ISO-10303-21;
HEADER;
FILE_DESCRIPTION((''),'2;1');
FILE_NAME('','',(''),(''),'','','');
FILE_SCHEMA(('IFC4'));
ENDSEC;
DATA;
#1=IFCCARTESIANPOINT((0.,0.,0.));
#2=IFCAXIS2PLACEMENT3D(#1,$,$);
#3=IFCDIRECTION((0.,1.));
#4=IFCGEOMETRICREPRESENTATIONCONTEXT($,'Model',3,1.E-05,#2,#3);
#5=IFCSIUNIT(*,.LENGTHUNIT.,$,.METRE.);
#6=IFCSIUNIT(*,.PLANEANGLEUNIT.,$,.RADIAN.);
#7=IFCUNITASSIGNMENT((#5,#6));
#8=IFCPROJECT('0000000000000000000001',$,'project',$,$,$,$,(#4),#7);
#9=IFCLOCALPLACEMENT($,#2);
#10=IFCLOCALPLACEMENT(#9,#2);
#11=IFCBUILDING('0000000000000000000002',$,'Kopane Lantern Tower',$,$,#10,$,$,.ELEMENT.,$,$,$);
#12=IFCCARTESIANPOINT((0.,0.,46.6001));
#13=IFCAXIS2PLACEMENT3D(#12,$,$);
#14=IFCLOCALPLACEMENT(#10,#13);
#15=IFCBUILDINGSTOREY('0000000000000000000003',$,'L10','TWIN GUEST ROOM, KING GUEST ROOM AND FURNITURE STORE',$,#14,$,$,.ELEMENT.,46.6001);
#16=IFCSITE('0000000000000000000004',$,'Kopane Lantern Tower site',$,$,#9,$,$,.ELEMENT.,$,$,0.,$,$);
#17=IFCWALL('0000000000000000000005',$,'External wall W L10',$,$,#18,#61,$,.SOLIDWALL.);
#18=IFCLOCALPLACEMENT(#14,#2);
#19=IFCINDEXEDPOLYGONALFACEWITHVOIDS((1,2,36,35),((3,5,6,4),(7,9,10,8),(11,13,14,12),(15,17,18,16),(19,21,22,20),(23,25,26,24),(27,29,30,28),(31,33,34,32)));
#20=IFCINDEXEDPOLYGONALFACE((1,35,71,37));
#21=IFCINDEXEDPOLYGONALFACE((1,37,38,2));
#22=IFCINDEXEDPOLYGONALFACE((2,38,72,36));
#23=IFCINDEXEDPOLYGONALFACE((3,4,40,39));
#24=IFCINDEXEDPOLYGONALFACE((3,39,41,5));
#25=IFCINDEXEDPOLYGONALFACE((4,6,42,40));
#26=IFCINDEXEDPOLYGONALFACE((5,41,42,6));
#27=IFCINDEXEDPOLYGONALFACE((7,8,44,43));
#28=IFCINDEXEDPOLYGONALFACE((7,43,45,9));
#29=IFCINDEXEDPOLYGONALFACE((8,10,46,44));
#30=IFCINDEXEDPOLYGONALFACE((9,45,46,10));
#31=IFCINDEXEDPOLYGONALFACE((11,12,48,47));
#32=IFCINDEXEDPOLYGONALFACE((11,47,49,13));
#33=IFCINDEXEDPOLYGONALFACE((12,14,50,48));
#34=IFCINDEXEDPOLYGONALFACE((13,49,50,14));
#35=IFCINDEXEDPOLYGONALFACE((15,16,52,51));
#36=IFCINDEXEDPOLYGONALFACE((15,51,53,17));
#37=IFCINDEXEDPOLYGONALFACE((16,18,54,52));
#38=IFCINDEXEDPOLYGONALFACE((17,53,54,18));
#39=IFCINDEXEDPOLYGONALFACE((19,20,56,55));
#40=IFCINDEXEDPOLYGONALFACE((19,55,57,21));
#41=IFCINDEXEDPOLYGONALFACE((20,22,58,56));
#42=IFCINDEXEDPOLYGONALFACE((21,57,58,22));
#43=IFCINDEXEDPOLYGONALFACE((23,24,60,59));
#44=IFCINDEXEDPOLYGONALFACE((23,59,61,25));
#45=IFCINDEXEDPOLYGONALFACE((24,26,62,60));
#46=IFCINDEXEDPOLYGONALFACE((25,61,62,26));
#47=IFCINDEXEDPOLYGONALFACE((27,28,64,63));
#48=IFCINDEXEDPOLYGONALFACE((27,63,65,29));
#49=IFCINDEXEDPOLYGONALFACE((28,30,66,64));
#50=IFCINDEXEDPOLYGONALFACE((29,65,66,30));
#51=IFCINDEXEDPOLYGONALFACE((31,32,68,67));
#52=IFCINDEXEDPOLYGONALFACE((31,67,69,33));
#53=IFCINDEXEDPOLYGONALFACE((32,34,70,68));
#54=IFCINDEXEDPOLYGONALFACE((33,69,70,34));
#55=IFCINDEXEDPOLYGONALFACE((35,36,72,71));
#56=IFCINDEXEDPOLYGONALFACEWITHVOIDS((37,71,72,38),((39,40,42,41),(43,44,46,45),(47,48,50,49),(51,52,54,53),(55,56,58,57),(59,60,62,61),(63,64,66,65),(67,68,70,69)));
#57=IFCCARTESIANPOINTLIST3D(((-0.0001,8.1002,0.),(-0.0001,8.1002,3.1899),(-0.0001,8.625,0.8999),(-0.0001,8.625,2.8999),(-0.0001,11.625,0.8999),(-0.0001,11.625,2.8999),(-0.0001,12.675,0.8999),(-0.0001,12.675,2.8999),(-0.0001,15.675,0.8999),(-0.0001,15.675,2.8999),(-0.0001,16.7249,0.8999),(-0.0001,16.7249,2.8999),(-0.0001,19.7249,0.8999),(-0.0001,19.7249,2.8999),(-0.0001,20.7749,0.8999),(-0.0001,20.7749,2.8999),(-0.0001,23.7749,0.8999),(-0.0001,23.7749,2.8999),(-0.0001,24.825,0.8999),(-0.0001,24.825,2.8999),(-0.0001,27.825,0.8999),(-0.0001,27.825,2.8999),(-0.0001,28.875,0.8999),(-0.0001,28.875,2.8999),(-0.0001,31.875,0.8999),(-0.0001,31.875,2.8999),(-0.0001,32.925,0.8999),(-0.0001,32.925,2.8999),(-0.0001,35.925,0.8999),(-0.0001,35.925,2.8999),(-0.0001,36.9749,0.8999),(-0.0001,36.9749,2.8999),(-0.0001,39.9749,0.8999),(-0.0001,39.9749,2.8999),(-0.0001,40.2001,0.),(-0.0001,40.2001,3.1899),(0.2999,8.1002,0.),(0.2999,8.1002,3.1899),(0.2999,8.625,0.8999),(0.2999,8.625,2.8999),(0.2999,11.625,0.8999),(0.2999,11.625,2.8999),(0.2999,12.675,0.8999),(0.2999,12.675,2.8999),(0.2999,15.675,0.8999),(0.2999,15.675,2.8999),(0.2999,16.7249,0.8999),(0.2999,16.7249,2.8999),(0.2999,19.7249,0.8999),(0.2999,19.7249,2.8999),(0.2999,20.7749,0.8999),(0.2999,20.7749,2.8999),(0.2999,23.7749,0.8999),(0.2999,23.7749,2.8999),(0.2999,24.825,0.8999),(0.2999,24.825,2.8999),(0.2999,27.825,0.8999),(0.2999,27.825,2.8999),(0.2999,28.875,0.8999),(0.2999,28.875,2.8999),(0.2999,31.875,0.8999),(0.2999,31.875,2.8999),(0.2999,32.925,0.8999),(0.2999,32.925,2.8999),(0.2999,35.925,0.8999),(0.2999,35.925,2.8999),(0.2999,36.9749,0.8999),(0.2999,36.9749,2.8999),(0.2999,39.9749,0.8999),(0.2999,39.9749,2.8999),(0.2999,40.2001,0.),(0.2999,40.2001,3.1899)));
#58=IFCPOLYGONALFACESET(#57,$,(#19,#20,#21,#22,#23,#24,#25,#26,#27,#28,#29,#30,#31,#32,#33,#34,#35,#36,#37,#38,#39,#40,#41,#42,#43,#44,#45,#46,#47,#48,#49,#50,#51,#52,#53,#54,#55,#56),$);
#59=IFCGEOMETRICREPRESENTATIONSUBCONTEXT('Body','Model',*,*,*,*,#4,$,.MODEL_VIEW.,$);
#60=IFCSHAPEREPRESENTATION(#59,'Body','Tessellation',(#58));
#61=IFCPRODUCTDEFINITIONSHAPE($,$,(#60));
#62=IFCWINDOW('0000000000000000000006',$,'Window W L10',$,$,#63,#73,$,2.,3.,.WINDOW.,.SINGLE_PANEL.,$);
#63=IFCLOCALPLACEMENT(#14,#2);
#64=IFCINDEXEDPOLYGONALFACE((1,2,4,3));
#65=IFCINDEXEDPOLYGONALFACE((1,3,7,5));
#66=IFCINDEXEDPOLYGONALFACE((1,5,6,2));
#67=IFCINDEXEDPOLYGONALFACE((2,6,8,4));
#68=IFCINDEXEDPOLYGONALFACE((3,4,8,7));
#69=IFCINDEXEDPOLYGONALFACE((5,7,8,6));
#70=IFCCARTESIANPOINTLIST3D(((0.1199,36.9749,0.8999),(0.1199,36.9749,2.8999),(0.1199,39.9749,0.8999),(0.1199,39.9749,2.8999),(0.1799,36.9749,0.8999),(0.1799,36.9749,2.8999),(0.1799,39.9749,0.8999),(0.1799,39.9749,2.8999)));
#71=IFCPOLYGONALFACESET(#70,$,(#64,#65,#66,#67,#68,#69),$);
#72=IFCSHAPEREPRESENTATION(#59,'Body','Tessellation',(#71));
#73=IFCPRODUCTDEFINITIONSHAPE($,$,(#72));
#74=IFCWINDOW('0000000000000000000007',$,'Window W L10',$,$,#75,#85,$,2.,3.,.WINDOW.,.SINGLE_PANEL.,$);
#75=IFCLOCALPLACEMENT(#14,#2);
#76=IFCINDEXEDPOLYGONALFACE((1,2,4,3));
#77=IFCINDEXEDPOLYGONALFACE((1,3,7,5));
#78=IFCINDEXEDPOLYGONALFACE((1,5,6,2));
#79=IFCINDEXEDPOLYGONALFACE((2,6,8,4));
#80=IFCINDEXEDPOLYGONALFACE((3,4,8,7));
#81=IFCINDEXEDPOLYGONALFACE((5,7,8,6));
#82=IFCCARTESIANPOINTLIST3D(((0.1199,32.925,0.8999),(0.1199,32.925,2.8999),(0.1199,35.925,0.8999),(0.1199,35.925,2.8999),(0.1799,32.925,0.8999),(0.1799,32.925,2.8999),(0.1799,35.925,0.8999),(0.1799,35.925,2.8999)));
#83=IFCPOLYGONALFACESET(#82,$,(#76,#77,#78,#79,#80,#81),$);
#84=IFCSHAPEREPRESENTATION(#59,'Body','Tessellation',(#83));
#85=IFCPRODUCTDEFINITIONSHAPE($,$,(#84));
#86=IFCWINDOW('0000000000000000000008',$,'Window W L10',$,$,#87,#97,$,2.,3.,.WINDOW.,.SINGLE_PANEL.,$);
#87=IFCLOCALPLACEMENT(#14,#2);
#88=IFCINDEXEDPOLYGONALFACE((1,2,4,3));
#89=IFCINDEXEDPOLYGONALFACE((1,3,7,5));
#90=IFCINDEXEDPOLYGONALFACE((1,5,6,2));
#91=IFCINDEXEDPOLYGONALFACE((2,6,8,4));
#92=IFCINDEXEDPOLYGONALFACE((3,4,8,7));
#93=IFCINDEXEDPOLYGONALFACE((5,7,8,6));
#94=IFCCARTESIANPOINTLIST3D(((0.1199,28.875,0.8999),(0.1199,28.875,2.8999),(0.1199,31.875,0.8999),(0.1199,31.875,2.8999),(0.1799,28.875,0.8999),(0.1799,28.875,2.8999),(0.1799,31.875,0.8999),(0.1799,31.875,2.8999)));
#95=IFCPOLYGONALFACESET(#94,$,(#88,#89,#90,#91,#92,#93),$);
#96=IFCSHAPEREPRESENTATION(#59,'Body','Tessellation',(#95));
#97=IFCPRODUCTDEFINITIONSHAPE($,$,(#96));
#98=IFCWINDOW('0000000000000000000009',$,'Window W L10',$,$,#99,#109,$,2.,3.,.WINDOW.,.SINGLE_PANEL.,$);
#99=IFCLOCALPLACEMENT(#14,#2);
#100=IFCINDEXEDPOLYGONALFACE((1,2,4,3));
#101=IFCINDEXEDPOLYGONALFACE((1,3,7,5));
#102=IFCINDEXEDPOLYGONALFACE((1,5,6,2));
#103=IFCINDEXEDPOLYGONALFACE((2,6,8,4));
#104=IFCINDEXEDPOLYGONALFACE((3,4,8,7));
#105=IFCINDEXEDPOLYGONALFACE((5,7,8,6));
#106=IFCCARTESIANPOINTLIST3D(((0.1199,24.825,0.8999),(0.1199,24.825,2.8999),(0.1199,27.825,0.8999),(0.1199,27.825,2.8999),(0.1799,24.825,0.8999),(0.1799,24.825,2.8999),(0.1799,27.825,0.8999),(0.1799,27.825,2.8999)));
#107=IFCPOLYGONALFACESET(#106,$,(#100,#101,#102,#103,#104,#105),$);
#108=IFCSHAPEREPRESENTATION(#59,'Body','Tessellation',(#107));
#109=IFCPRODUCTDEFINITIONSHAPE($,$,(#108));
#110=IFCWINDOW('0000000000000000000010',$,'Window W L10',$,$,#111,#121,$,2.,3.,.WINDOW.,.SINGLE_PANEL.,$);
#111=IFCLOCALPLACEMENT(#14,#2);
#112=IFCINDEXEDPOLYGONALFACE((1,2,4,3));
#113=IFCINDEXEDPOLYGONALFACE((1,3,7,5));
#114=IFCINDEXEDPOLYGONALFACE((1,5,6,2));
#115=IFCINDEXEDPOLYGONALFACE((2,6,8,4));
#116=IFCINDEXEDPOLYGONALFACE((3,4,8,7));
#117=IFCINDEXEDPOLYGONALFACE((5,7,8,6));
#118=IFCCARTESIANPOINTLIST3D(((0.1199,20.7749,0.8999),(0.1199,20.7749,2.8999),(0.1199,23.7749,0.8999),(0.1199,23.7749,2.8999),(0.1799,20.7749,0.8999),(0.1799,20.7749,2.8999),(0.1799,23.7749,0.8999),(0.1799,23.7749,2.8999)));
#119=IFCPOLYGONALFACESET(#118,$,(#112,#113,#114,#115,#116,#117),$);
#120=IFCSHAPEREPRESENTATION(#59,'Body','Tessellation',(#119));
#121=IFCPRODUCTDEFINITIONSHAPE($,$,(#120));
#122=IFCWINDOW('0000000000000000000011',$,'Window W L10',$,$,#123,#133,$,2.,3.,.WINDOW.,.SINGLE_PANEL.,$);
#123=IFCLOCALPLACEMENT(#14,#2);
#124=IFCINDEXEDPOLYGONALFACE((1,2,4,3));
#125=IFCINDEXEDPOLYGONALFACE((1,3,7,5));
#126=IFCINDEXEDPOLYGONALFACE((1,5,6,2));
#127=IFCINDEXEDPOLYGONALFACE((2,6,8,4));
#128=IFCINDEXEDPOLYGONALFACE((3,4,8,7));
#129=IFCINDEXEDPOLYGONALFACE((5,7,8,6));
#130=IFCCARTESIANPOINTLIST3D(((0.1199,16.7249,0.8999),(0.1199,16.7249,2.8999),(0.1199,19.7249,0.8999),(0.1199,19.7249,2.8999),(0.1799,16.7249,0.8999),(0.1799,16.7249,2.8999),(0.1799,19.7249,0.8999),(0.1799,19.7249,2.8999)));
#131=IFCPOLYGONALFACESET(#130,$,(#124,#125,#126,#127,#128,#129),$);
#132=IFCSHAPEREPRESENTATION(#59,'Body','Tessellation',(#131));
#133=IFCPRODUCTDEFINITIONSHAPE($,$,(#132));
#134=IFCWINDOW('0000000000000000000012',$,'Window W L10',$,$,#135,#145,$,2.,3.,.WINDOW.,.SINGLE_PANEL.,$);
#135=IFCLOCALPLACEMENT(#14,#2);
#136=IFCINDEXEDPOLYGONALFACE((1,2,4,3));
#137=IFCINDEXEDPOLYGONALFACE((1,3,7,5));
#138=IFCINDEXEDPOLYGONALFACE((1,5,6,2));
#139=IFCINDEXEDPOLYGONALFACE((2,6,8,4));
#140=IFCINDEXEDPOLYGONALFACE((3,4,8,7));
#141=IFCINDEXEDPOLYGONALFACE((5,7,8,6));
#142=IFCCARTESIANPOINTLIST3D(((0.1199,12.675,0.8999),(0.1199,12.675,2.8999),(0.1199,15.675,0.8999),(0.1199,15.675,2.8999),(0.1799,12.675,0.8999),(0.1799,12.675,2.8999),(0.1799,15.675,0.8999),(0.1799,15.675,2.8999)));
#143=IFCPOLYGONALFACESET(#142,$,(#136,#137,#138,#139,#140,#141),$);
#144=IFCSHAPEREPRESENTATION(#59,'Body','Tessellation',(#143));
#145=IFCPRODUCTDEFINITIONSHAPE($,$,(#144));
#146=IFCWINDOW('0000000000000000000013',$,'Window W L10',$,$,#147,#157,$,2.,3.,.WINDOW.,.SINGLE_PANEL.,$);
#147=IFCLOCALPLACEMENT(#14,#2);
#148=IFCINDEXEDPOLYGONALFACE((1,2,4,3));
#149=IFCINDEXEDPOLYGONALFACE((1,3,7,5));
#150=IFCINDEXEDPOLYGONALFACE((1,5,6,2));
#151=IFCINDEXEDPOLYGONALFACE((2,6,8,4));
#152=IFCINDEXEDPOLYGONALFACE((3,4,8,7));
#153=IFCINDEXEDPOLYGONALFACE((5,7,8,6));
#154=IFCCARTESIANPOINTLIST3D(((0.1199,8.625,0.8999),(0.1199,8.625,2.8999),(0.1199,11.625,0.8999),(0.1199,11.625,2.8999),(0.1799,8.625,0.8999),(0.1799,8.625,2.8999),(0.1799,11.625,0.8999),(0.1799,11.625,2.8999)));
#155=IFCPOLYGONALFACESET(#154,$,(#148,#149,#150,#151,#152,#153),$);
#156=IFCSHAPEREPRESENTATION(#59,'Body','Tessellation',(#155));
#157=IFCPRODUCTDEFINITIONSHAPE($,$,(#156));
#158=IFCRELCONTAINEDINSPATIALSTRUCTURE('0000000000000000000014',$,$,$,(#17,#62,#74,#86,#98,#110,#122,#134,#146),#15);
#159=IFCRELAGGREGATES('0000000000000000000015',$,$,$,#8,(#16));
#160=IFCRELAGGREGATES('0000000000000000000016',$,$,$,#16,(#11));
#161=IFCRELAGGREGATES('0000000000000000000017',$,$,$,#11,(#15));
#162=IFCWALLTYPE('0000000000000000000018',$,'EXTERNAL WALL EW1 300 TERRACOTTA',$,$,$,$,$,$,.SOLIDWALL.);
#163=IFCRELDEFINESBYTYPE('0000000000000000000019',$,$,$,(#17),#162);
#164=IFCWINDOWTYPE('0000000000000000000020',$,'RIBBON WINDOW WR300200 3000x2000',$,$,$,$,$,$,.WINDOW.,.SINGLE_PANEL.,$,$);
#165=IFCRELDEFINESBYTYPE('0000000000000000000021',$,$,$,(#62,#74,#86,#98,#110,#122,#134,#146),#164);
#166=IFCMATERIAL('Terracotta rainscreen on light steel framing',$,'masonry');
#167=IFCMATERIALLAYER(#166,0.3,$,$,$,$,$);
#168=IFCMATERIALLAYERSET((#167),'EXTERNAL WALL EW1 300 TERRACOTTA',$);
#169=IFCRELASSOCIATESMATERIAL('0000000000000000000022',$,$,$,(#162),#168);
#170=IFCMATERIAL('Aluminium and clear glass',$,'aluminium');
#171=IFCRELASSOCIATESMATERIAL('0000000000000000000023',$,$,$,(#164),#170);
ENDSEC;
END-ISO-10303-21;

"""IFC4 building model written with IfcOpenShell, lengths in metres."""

from ifc_helpers import new_model, si_unit, direction, frame, frame_2d, origin, place, context, subcontext, project, spatial, rectangle, extrude, material, layer, layer_set, type_object, element, fill, save


model = new_model("IFC4")

# Units and contexts
model_context = context("Model", 3, precision=1e-05, world=origin(), true_north=direction((0.0, 1.0)))
body_context = subcontext(model_context, "Body", "Model", "MODEL_VIEW")
ifc_project = project(units=[si_unit("LENGTHUNIT", "METRE"), si_unit("PLANEANGLEUNIT", "RADIAN")], contexts=[model_context])

# Site, building, storey
site_placement = place(None, origin())
site = spatial("IfcSite", under=ifc_project, at=site_placement, Name="Kopane Lantern Tower site", CompositionType="ELEMENT", RefElevation=0.0)
building_placement = place(site_placement, origin())
building = spatial("IfcBuilding", under=site, at=building_placement, Name="Kopane Lantern Tower", CompositionType="ELEMENT")
storey_placement = place(building_placement, frame((0.0, 0.0, 46.6001)))
storey = spatial("IfcBuildingStorey", under=building, at=storey_placement, Name="L10", Description="TWIN GUEST ROOM, KING GUEST ROOM AND FURNITURE STORE", CompositionType="ELEMENT", Elevation=46.6001)

# Shared definitions
ifc_material_1 = material(Name="Terracotta rainscreen on light steel framing", Category="masonry")
ifc_layer_1 = layer(ifc_material_1, 0.3)
ifc_layer_set_1 = layer_set([ifc_layer_1], Name="EXTERNAL WALL EW1 300 TERRACOTTA")
wall_type_1 = type_object("IfcWallType", Name="EXTERNAL WALL EW1 300 TERRACOTTA", PredefinedType="SOLIDWALL", material=ifc_layer_set_1)

# Wall, openings, windows
wall_1_placement = place(storey_placement, frame((0.1499, 40.2, 0.0), z_axis=(0.0, 0.0, 1.0), x_axis=(0.0, -1.0, 0.0)))
wall_1 = element("IfcWall", 1, at=wall_1_placement, inside=storey, type_object=wall_type_1, Name="External wall W L10", PredefinedType="SOLIDWALL", context=body_context, shape_type="SweptSolid", body=[
    extrude(rectangle(XDim=32.0999, YDim=0.3, at=frame_2d((16.0498, 0.0))), origin(), (0.0, 0.0, 1.0), 3.1899),
])
opening_1_placement = place(wall_1_placement, frame((0.2251, 0.0, 0.8999)))
opening_1 = element("IfcOpeningElement", 2, at=opening_1_placement, cuts=wall_1, PredefinedType="OPENING", context=body_context, shape_type="SweptSolid", body=[
    extrude(rectangle(XDim=3.0, YDim=2.0, at=frame_2d((1.5, 1.0))), frame((0.0, 0.1599, 0.0), z_axis=(0.0, -1.0, 0.0), x_axis=(1.0, 0.0, 0.0)), (0.0, 0.0, 1.0), 0.3201),
])
opening_2_placement = place(wall_1_placement, frame((4.2749, 0.0, 0.8999)))
opening_2 = element("IfcOpeningElement", 3, at=opening_2_placement, cuts=wall_1, PredefinedType="OPENING", context=body_context, shape_type="SweptSolid", body=[
    extrude(rectangle(XDim=3.0, YDim=2.0, at=frame_2d((1.5, 1.0))), frame((0.0, 0.1599, 0.0), z_axis=(0.0, -1.0, 0.0), x_axis=(1.0, 0.0, 0.0)), (0.0, 0.0, 1.0), 0.3201),
])
opening_3_placement = place(wall_1_placement, frame((8.325, 0.0, 0.8999)))
opening_3 = element("IfcOpeningElement", 4, at=opening_3_placement, cuts=wall_1, PredefinedType="OPENING", context=body_context, shape_type="SweptSolid", body=[
    extrude(rectangle(XDim=3.0, YDim=2.0, at=frame_2d((1.5, 1.0))), frame((0.0, 0.1599, 0.0), z_axis=(0.0, -1.0, 0.0), x_axis=(1.0, 0.0, 0.0)), (0.0, 0.0, 1.0), 0.3201),
])
opening_4_placement = place(wall_1_placement, frame((12.375, 0.0, 0.8999)))
opening_4 = element("IfcOpeningElement", 5, at=opening_4_placement, cuts=wall_1, PredefinedType="OPENING", context=body_context, shape_type="SweptSolid", body=[
    extrude(rectangle(XDim=3.0, YDim=2.0, at=frame_2d((1.5, 1.0))), frame((0.0, 0.1599, 0.0), z_axis=(0.0, -1.0, 0.0), x_axis=(1.0, 0.0, 0.0)), (0.0, 0.0, 1.0), 0.3201),
])
opening_5_placement = place(wall_1_placement, frame((16.425, 0.0, 0.8999)))
opening_5 = element("IfcOpeningElement", 6, at=opening_5_placement, cuts=wall_1, PredefinedType="OPENING", context=body_context, shape_type="SweptSolid", body=[
    extrude(rectangle(XDim=3.0, YDim=2.0, at=frame_2d((1.5, 1.0))), frame((0.0, 0.1599, 0.0), z_axis=(0.0, -1.0, 0.0), x_axis=(1.0, 0.0, 0.0)), (0.0, 0.0, 1.0), 0.3201),
])
opening_6_placement = place(wall_1_placement, frame((20.4751, 0.0, 0.8999)))
opening_6 = element("IfcOpeningElement", 7, at=opening_6_placement, cuts=wall_1, PredefinedType="OPENING", context=body_context, shape_type="SweptSolid", body=[
    extrude(rectangle(XDim=3.0, YDim=2.0, at=frame_2d((1.5, 1.0))), frame((0.0, 0.1599, 0.0), z_axis=(0.0, -1.0, 0.0), x_axis=(1.0, 0.0, 0.0)), (0.0, 0.0, 1.0), 0.3201),
])
opening_7_placement = place(wall_1_placement, frame((24.5249, 0.0, 0.8999)))
opening_7 = element("IfcOpeningElement", 8, at=opening_7_placement, cuts=wall_1, PredefinedType="OPENING", context=body_context, shape_type="SweptSolid", body=[
    extrude(rectangle(XDim=3.0, YDim=2.0, at=frame_2d((1.5, 1.0))), frame((0.0, 0.1599, 0.0), z_axis=(0.0, -1.0, 0.0), x_axis=(1.0, 0.0, 0.0)), (0.0, 0.0, 1.0), 0.3201),
])
opening_8_placement = place(wall_1_placement, frame((28.575, 0.0, 0.8999)))
opening_8 = element("IfcOpeningElement", 9, at=opening_8_placement, cuts=wall_1, PredefinedType="OPENING", context=body_context, shape_type="SweptSolid", body=[
    extrude(rectangle(XDim=3.0, YDim=2.0, at=frame_2d((1.5, 1.0))), frame((0.0, 0.1599, 0.0), z_axis=(0.0, -1.0, 0.0), x_axis=(1.0, 0.0, 0.0)), (0.0, 0.0, 1.0), 0.3201),
])
ifc_material_2 = material(Name="Aluminium and clear glass", Category="aluminium")
window_type_1 = type_object("IfcWindowType", Name="RIBBON WINDOW WR300200 3000x2000", PartitioningType="SINGLE_PANEL", PredefinedType="WINDOW", material=ifc_material_2)
window_1_placement = place(opening_1_placement, origin())
window_1 = element("IfcWindow", 10, at=window_1_placement, inside=storey, type_object=window_type_1, Name="Window W L10", OverallHeight=2.0, OverallWidth=3.0, PartitioningType="SINGLE_PANEL", PredefinedType="WINDOW", context=body_context, shape_type="SweptSolid", body=[
    extrude(rectangle(XDim=3.0, YDim=2.0, at=frame_2d((1.5, 1.0))), frame((0.0, 0.03, 0.0), z_axis=(0.0, -1.0, 0.0), x_axis=(1.0, 0.0, 0.0)), (0.0, 0.0, 1.0), 0.0601),
])
fill(opening_1, window_1)
window_2_placement = place(opening_2_placement, origin())
window_2 = element("IfcWindow", 11, at=window_2_placement, inside=storey, type_object=window_type_1, Name="Window W L10", OverallHeight=2.0, OverallWidth=3.0, PartitioningType="SINGLE_PANEL", PredefinedType="WINDOW", context=body_context, shape_type="SweptSolid", body=[
    extrude(rectangle(XDim=3.0, YDim=2.0, at=frame_2d((1.5, 1.0))), frame((0.0, 0.03, 0.0), z_axis=(0.0, -1.0, 0.0), x_axis=(1.0, 0.0, 0.0)), (0.0, 0.0, 1.0), 0.0601),
])
fill(opening_2, window_2)
window_3_placement = place(opening_3_placement, origin())
window_3 = element("IfcWindow", 12, at=window_3_placement, inside=storey, type_object=window_type_1, Name="Window W L10", OverallHeight=2.0, OverallWidth=3.0, PartitioningType="SINGLE_PANEL", PredefinedType="WINDOW", context=body_context, shape_type="SweptSolid", body=[
    extrude(rectangle(XDim=3.0, YDim=2.0, at=frame_2d((1.5, 1.0))), frame((0.0, 0.03, 0.0), z_axis=(0.0, -1.0, 0.0), x_axis=(1.0, 0.0, 0.0)), (0.0, 0.0, 1.0), 0.0601),
])
fill(opening_3, window_3)
window_4_placement = place(opening_4_placement, origin())
window_4 = element("IfcWindow", 13, at=window_4_placement, inside=storey, type_object=window_type_1, Name="Window W L10", OverallHeight=2.0, OverallWidth=3.0, PartitioningType="SINGLE_PANEL", PredefinedType="WINDOW", context=body_context, shape_type="SweptSolid", body=[
    extrude(rectangle(XDim=3.0, YDim=2.0, at=frame_2d((1.5, 1.0))), frame((0.0, 0.03, 0.0), z_axis=(0.0, -1.0, 0.0), x_axis=(1.0, 0.0, 0.0)), (0.0, 0.0, 1.0), 0.0601),
])
fill(opening_4, window_4)
window_5_placement = place(opening_5_placement, origin())
window_5 = element("IfcWindow", 14, at=window_5_placement, inside=storey, type_object=window_type_1, Name="Window W L10", OverallHeight=2.0, OverallWidth=3.0, PartitioningType="SINGLE_PANEL", PredefinedType="WINDOW", context=body_context, shape_type="SweptSolid", body=[
    extrude(rectangle(XDim=3.0, YDim=2.0, at=frame_2d((1.5, 1.0))), frame((0.0, 0.03, 0.0), z_axis=(0.0, -1.0, 0.0), x_axis=(1.0, 0.0, 0.0)), (0.0, 0.0, 1.0), 0.0601),
])
fill(opening_5, window_5)
window_6_placement = place(opening_6_placement, origin())
window_6 = element("IfcWindow", 15, at=window_6_placement, inside=storey, type_object=window_type_1, Name="Window W L10", OverallHeight=2.0, OverallWidth=3.0, PartitioningType="SINGLE_PANEL", PredefinedType="WINDOW", context=body_context, shape_type="SweptSolid", body=[
    extrude(rectangle(XDim=3.0, YDim=2.0, at=frame_2d((1.5, 1.0))), frame((0.0, 0.03, 0.0), z_axis=(0.0, -1.0, 0.0), x_axis=(1.0, 0.0, 0.0)), (0.0, 0.0, 1.0), 0.0601),
])
fill(opening_6, window_6)
window_7_placement = place(opening_7_placement, origin())
window_7 = element("IfcWindow", 16, at=window_7_placement, inside=storey, type_object=window_type_1, Name="Window W L10", OverallHeight=2.0, OverallWidth=3.0, PartitioningType="SINGLE_PANEL", PredefinedType="WINDOW", context=body_context, shape_type="SweptSolid", body=[
    extrude(rectangle(XDim=3.0, YDim=2.0, at=frame_2d((1.5, 1.0))), frame((0.0, 0.03, 0.0), z_axis=(0.0, -1.0, 0.0), x_axis=(1.0, 0.0, 0.0)), (0.0, 0.0, 1.0), 0.0601),
])
fill(opening_7, window_7)
window_8_placement = place(opening_8_placement, origin())
window_8 = element("IfcWindow", 17, at=window_8_placement, inside=storey, type_object=window_type_1, Name="Window W L10", OverallHeight=2.0, OverallWidth=3.0, PartitioningType="SINGLE_PANEL", PredefinedType="WINDOW", context=body_context, shape_type="SweptSolid", body=[
    extrude(rectangle(XDim=3.0, YDim=2.0, at=frame_2d((1.5, 1.0))), frame((0.0, 0.03, 0.0), z_axis=(0.0, -1.0, 0.0), x_axis=(1.0, 0.0, 0.0)), (0.0, 0.0, 1.0), 0.0601),
])
fill(opening_8, window_8)

save(model, "model.ifc")
